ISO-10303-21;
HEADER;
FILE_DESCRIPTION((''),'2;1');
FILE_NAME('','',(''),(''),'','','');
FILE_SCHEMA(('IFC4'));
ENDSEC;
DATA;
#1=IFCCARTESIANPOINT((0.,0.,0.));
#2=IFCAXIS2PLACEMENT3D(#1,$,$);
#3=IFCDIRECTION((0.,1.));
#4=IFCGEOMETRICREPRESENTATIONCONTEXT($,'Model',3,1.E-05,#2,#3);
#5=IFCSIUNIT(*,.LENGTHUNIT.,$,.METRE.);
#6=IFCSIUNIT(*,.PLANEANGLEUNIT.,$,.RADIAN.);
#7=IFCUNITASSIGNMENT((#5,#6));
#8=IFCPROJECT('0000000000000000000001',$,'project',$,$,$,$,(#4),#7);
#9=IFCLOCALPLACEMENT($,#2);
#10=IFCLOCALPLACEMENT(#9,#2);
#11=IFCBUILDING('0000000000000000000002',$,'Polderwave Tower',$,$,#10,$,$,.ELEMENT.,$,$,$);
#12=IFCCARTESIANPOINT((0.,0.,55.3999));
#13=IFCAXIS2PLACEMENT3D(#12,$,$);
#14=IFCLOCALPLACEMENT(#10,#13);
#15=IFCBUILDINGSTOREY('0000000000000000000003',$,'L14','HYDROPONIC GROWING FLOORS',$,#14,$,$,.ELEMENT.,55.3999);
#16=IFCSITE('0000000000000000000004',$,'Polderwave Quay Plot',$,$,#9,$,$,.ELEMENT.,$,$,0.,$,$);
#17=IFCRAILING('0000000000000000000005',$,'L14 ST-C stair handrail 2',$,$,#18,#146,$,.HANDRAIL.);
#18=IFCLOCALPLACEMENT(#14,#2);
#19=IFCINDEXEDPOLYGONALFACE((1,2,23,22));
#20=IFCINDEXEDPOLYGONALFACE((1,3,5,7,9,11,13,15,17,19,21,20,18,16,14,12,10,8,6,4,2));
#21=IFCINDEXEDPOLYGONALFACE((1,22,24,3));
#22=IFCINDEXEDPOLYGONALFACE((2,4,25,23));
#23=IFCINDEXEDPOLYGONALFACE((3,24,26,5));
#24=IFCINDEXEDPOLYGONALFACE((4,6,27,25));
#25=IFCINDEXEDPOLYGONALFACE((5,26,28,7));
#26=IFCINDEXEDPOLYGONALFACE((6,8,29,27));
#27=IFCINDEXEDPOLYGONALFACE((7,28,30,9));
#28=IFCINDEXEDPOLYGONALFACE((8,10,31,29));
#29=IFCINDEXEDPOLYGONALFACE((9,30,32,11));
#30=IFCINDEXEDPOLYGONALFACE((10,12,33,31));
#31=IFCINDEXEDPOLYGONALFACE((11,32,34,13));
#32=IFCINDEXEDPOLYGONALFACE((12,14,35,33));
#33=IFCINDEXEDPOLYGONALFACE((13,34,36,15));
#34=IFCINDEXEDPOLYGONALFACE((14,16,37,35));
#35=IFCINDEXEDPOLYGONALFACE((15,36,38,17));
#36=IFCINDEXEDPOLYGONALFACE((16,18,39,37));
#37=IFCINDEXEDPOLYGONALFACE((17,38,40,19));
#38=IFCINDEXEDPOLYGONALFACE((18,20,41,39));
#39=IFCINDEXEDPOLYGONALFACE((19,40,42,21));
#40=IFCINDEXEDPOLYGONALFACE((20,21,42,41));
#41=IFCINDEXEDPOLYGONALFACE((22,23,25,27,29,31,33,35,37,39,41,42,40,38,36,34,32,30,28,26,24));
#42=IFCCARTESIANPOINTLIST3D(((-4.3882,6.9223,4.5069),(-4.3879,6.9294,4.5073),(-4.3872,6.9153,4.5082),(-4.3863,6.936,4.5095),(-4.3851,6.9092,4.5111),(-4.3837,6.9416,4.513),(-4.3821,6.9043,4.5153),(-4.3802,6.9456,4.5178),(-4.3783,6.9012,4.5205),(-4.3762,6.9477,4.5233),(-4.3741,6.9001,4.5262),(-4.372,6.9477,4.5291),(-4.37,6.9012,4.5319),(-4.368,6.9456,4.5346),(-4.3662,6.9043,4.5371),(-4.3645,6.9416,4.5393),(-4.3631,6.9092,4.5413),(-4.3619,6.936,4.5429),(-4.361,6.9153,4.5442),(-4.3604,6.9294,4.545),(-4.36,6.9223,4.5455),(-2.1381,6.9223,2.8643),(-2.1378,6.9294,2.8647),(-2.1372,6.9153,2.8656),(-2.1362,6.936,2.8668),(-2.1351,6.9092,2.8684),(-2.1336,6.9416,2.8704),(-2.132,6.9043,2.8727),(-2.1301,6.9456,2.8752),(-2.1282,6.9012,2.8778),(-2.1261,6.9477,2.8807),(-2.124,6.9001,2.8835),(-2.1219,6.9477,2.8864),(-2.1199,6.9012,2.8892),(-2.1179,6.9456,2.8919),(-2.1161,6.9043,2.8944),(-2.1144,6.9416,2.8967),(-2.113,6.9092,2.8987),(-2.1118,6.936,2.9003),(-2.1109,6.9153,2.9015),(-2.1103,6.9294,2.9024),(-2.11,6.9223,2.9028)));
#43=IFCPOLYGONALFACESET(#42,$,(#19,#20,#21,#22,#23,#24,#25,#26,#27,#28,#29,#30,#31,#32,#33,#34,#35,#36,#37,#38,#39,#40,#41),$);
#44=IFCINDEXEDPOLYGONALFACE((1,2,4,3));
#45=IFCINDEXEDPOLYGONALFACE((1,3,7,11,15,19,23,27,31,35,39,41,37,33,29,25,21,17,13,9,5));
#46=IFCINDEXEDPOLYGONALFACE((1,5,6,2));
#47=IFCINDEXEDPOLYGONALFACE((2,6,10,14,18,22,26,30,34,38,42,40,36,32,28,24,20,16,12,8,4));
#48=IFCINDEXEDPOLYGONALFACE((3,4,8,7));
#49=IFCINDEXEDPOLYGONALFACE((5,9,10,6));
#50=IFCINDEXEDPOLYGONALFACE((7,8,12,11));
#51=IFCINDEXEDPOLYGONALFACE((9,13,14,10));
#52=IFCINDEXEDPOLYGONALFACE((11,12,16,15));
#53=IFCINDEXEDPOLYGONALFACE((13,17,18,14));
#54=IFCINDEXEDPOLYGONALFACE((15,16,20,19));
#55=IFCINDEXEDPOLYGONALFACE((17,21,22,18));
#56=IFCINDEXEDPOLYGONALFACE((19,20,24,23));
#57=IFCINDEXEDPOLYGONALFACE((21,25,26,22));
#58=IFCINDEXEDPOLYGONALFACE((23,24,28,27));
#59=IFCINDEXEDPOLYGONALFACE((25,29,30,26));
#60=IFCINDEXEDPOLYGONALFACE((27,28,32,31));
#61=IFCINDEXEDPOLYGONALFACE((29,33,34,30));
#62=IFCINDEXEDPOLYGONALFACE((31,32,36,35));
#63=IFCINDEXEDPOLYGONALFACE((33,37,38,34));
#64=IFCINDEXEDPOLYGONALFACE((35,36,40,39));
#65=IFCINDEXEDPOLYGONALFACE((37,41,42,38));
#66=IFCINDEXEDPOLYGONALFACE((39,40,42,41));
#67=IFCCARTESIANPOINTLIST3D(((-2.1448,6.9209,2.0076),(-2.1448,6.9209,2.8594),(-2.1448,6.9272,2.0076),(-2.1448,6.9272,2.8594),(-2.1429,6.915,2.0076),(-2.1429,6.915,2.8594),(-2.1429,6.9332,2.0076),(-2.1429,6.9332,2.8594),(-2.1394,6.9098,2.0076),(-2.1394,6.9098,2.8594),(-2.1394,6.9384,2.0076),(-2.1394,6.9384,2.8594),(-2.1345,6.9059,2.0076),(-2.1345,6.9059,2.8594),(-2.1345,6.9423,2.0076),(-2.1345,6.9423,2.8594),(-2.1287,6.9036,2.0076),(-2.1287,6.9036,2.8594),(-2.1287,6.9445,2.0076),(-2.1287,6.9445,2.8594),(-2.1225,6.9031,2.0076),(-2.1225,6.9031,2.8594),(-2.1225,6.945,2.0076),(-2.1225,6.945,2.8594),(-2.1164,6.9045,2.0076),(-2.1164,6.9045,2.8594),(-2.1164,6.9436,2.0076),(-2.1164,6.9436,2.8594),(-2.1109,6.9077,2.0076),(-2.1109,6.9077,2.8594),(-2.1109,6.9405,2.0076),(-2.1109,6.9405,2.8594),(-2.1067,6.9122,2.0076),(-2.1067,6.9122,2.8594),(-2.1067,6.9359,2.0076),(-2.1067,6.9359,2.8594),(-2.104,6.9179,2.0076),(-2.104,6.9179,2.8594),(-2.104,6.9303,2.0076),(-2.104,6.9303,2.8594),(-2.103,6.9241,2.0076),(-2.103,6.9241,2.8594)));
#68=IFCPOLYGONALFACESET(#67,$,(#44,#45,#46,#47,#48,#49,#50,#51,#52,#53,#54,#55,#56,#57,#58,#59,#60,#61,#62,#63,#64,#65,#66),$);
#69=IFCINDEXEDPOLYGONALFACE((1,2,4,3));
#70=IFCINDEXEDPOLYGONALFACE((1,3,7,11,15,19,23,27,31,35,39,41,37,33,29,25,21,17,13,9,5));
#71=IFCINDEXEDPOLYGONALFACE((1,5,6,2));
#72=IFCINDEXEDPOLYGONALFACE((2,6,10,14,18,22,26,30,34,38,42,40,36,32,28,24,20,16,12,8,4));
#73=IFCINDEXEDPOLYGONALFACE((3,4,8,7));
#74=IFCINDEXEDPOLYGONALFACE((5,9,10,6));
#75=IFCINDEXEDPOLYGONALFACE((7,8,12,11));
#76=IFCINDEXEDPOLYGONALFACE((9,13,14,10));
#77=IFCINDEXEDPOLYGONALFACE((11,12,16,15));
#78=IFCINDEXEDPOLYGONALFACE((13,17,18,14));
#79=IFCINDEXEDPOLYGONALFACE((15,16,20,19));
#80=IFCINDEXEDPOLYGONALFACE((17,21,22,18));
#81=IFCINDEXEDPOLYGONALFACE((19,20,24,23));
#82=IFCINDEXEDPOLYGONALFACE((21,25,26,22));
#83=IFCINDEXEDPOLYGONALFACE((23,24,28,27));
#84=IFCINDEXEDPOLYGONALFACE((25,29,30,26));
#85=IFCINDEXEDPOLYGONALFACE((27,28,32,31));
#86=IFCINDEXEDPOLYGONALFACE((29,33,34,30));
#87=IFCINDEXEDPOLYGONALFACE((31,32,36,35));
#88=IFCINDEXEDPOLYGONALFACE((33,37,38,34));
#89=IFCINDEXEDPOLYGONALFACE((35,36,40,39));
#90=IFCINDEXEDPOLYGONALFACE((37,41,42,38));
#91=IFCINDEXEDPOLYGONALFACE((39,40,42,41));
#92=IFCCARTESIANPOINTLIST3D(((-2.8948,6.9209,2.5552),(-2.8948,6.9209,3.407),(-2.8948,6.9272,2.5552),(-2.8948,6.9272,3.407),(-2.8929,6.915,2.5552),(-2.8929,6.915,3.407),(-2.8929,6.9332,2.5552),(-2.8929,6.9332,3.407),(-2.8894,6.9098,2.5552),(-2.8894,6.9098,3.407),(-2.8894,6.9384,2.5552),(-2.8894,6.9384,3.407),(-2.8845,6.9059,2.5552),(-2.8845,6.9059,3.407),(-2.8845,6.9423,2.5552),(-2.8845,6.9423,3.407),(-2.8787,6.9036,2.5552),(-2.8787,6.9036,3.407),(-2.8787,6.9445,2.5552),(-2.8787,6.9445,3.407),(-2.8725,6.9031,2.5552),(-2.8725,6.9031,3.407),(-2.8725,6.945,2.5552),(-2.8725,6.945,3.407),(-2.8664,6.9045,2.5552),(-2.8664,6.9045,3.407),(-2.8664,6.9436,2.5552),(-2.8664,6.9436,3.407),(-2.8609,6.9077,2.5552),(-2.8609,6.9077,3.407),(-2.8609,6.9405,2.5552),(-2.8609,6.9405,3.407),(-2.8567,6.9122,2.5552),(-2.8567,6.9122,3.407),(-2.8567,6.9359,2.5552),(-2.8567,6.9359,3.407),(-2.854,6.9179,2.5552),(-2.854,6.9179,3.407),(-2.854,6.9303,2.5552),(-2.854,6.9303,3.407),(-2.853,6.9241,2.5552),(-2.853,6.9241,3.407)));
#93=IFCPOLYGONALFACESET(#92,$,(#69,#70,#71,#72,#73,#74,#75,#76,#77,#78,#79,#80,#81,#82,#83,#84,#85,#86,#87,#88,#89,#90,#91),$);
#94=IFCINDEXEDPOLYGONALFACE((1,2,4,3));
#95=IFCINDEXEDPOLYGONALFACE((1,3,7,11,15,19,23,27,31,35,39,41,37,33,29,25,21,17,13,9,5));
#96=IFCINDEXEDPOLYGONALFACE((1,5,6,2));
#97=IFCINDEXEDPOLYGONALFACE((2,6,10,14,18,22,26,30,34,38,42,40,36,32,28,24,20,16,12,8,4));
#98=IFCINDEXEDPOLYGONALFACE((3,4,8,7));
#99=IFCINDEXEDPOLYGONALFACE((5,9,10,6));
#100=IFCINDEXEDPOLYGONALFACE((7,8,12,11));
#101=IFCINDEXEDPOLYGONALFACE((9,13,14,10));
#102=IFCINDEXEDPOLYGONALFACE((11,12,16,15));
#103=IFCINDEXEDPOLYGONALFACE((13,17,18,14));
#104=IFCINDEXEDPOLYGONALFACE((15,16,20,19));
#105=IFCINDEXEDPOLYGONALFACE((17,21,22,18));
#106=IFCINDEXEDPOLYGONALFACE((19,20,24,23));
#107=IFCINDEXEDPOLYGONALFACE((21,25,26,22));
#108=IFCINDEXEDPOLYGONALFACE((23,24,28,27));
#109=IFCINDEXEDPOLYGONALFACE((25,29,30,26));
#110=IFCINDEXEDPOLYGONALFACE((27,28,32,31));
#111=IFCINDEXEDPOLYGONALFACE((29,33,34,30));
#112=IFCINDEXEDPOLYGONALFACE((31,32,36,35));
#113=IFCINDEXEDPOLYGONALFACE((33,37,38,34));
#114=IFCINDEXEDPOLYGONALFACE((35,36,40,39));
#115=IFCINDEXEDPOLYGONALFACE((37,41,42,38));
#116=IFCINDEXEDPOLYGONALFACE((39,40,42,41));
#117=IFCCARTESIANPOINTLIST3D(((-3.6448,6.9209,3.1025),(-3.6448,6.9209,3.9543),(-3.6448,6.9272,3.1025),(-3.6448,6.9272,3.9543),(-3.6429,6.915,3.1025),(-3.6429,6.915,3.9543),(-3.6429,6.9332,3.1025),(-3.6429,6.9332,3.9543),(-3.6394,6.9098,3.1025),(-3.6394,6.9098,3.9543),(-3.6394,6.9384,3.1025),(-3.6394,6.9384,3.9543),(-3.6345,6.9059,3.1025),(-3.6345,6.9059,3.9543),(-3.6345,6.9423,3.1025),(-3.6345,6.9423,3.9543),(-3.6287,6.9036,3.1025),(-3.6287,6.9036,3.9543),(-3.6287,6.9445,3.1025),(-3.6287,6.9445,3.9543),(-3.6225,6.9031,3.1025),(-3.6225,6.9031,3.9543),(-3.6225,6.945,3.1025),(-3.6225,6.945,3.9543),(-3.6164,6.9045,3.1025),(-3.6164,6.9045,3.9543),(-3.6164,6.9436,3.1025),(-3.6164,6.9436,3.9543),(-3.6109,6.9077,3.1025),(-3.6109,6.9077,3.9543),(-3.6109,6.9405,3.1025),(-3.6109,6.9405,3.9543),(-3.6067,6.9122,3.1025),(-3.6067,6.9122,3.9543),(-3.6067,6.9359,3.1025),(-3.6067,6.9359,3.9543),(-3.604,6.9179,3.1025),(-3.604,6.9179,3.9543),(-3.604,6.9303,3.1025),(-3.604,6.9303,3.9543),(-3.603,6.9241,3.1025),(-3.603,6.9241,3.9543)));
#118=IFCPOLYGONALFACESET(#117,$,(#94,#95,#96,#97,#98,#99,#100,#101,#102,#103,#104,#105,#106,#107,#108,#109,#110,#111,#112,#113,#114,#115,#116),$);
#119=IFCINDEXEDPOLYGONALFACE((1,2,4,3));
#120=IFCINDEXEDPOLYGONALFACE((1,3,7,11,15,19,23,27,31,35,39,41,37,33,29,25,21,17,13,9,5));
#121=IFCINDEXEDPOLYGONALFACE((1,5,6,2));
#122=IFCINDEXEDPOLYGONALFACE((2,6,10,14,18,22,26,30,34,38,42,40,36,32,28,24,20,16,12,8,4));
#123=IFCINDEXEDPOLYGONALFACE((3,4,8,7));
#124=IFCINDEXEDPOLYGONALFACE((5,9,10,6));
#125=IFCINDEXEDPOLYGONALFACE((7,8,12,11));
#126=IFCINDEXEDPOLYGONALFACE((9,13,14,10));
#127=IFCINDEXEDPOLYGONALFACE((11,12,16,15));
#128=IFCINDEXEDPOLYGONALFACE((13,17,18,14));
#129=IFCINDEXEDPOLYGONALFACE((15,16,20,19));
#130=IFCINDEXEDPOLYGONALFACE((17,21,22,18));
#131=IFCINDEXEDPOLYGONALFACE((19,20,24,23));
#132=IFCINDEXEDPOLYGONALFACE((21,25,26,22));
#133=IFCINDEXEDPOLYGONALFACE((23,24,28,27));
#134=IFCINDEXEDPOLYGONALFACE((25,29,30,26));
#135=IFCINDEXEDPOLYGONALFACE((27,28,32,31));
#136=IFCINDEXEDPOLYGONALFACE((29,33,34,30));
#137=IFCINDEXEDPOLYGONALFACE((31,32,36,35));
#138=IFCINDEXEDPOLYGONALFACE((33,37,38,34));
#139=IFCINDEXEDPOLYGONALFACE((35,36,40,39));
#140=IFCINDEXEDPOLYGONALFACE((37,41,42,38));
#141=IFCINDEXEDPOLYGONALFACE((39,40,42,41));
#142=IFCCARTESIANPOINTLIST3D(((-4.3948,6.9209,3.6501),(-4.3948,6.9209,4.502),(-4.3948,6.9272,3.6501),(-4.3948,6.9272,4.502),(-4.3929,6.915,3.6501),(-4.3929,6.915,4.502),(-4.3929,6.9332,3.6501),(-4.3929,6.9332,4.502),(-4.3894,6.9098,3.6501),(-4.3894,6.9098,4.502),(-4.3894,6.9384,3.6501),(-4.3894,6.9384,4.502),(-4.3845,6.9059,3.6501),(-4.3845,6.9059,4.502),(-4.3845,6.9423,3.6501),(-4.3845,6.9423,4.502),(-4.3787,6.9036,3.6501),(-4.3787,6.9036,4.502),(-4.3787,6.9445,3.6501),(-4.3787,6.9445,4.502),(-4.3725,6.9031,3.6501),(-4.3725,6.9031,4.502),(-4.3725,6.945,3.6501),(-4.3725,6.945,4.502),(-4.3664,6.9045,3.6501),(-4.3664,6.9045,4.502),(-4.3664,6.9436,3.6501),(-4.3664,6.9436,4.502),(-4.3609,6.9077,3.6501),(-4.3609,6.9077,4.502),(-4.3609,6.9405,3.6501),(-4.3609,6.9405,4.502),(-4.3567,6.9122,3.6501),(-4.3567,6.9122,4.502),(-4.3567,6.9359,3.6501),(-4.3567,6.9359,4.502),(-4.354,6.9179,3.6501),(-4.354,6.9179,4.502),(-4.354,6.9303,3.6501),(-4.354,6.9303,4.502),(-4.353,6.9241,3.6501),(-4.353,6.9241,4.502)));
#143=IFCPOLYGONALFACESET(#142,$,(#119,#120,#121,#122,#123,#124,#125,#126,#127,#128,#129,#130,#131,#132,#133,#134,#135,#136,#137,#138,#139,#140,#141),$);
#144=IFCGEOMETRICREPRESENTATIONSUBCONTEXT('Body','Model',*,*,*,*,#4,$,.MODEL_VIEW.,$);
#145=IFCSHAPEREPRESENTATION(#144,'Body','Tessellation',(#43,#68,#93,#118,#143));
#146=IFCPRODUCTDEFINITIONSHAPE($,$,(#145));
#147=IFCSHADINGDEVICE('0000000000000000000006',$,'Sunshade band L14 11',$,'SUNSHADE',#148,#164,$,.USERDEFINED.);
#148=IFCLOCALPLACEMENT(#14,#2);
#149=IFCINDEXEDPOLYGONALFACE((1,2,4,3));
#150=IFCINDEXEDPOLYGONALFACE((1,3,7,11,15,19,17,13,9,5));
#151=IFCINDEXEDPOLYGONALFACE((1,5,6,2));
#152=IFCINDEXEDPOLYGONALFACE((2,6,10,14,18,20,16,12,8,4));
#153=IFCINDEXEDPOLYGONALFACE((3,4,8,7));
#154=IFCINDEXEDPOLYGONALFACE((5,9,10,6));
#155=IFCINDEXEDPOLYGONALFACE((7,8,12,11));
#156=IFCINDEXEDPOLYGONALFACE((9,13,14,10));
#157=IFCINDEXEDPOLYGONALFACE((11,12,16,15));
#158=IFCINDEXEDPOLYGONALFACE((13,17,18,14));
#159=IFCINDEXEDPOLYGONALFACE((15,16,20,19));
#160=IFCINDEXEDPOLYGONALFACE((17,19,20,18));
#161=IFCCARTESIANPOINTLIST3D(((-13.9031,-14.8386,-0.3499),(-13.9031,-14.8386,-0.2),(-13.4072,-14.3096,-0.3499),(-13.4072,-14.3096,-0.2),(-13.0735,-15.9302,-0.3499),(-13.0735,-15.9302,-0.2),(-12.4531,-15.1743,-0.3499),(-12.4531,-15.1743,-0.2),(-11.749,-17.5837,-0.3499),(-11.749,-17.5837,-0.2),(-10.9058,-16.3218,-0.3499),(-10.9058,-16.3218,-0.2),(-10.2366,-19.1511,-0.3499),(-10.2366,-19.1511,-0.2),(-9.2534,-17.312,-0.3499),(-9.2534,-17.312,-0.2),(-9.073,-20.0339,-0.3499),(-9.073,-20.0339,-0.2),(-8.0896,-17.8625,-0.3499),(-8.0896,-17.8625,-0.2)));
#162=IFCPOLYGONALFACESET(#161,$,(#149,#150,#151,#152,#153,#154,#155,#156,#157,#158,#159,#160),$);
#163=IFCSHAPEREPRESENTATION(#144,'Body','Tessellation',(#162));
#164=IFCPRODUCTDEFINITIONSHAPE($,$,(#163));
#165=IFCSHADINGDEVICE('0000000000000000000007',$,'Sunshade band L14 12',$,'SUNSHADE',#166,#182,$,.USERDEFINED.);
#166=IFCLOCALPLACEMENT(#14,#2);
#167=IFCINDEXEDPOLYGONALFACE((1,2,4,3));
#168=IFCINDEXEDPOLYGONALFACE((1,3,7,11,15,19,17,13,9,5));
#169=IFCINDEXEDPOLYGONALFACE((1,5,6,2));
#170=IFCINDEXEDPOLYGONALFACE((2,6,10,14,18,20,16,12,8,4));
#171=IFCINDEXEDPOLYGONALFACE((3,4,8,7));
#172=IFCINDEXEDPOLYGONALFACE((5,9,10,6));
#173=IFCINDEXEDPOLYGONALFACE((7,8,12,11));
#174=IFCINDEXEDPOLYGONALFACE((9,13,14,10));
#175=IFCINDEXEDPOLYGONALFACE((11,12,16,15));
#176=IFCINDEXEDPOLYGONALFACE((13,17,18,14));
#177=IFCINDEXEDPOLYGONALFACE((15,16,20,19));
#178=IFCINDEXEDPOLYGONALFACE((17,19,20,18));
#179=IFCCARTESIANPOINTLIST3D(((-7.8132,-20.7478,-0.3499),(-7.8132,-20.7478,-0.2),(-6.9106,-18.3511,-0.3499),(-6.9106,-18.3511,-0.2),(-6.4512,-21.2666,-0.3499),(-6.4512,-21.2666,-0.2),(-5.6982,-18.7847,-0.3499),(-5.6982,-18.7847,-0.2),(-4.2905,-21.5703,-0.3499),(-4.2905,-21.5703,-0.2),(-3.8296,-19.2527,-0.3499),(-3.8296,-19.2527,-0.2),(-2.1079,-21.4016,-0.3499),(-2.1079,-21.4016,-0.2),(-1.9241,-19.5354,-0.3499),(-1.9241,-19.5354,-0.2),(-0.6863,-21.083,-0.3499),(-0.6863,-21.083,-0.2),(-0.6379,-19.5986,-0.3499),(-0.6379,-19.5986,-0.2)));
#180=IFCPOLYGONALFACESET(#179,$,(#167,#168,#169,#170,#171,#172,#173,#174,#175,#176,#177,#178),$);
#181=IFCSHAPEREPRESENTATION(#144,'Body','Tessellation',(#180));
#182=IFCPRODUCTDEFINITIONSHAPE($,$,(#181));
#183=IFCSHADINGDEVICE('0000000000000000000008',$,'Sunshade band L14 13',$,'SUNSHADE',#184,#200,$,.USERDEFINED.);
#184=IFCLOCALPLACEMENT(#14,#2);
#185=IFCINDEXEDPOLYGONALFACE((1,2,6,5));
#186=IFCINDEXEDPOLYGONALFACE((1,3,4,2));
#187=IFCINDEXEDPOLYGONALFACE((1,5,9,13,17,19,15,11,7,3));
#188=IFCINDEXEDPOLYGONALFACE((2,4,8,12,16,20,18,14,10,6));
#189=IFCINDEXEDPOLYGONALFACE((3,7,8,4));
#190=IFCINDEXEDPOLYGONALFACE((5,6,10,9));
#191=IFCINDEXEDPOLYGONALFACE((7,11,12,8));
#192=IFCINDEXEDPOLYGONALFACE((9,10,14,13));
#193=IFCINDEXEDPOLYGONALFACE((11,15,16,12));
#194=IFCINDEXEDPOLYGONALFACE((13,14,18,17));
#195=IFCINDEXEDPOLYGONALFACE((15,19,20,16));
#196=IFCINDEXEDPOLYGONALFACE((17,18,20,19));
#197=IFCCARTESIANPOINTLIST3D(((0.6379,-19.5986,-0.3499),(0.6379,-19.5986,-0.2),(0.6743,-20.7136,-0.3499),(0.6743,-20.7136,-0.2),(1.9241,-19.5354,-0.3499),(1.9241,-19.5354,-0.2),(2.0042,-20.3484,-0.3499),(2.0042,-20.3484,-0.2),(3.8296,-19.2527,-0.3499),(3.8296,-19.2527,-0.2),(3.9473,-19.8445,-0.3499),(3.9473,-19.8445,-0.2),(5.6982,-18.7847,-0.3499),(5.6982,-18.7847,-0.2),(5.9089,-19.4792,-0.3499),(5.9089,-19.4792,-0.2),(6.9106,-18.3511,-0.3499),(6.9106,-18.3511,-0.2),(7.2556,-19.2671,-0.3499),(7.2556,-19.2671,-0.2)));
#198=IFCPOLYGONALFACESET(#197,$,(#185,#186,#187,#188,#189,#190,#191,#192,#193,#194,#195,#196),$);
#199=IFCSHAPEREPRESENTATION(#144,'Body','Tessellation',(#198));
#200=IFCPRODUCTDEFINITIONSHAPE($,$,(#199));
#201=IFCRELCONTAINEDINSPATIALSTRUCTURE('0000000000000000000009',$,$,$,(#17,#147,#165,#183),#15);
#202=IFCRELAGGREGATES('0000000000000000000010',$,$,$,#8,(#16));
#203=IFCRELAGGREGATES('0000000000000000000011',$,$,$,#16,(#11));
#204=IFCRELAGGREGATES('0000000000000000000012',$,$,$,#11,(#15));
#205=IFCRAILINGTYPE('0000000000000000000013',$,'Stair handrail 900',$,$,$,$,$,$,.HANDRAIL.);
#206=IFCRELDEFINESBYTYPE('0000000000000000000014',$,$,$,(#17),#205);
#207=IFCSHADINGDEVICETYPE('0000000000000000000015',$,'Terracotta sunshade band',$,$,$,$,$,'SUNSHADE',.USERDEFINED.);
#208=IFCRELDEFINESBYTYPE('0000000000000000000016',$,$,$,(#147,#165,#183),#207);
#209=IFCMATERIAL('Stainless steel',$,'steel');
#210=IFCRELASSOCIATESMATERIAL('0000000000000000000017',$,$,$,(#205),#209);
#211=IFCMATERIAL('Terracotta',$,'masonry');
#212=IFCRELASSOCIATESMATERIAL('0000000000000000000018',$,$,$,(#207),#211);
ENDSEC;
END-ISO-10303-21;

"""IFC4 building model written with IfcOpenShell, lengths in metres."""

from ifc_helpers import new_model, si_unit, direction, frame, origin, origin_2d, place, context, subcontext, project, spatial, polyline, circle, outline, extrude, material, type_object, element, save


model = new_model("IFC4")

# Units and contexts
model_context = context("Model", 3, precision=1e-05, world=origin(), true_north=direction((0.0, 1.0)))
body_context = subcontext(model_context, "Body", "Model", "MODEL_VIEW")
ifc_project = project(units=[si_unit("LENGTHUNIT", "METRE"), si_unit("PLANEANGLEUNIT", "RADIAN")], contexts=[model_context])

# Site, building, storey
site_placement = place(None, origin())
site = spatial("IfcSite", under=ifc_project, at=site_placement, Name="Polderwave Quay Plot", CompositionType="ELEMENT", RefElevation=0.0)
building_placement = place(site_placement, origin())
building = spatial("IfcBuilding", under=site, at=building_placement, Name="Polderwave Tower", CompositionType="ELEMENT")
storey_placement = place(building_placement, frame((0.0, 0.0, 55.3999)))
storey = spatial("IfcBuildingStorey", under=building, at=storey_placement, Name="L14", Description="HYDROPONIC GROWING FLOORS", CompositionType="ELEMENT", Elevation=55.3999)

# Railing
ifc_material_1 = material(Name="Stainless steel", Category="steel")
railing_type_1 = type_object("IfcRailingType", Name="Stair handrail 900", PredefinedType="HANDRAIL", material=ifc_material_1)
railing_1_placement = place(storey_placement, frame((-2.124, 6.9241, 2.0076)))
element("IfcRailing", 1, at=railing_1_placement, inside=storey, type_object=railing_type_1, Name="L14 ST-C stair handrail 2", PredefinedType="HANDRAIL", context=body_context, shape_type="SweptSolid", body=[
    extrude(circle(Radius=0.0239, at=origin_2d()), frame((0.0, 0.0, 0.876), z_axis=(-0.807674, 0.0, 0.58963), x_axis=(0.0, -1.0, 0.0)), (0.0, 0.0, 1.0), 2.7859),
    extrude(circle(Radius=0.021, at=origin_2d()), origin(), (0.0, 0.0, 1.0), 0.8518),
    extrude(circle(Radius=0.021, at=origin_2d()), frame((-0.75, 0.0, 0.5476)), (0.0, 0.0, 1.0), 0.8518),
    extrude(circle(Radius=0.021, at=origin_2d()), frame((-1.5, 0.0, 1.095)), (0.0, 0.0, 1.0), 0.8518),
    extrude(circle(Radius=0.021, at=origin_2d()), frame((-2.25, 0.0, 1.6426)), (0.0, 0.0, 1.0), 0.8518),
])

# Shading devices
ifc_material_2 = material(Name="Terracotta", Category="masonry")
shading_device_type = type_object("IfcShadingDeviceType", Name="Terracotta sunshade band", ElementType="SUNSHADE", PredefinedType="USERDEFINED", material=ifc_material_2)
shading_device_1_placement = place(storey_placement, frame((0.0, 0.0, -0.3499)))
element("IfcShadingDevice", 2, at=shading_device_1_placement, inside=storey, type_object=shading_device_type, Name="Sunshade band L14 11", ObjectType="SUNSHADE", PredefinedType="USERDEFINED", context=body_context, shape_type="SweptSolid", body=[
    extrude(outline(polyline([(-13.4072, -14.3096), (-12.4531, -15.1743), (-10.9058, -16.3218), (-9.2534, -17.312), (-8.0896, -17.8625), (-9.073, -20.0339), (-10.2366, -19.1511), (-11.749, -17.5837), (-13.0735, -15.9302), (-13.9031, -14.8386), (-13.4072, -14.3096)])), origin(), (0.0, 0.0, 1.0), 0.1499),
])
shading_device_2_placement = place(storey_placement, frame((0.0, 0.0, -0.3499)))
element("IfcShadingDevice", 3, at=shading_device_2_placement, inside=storey, type_object=shading_device_type, Name="Sunshade band L14 12", ObjectType="SUNSHADE", PredefinedType="USERDEFINED", context=body_context, shape_type="SweptSolid", body=[
    extrude(outline(polyline([(-6.9106, -18.3511), (-5.6982, -18.7847), (-3.8296, -19.2527), (-1.9241, -19.5354), (-0.6379, -19.5986), (-0.6863, -21.083), (-2.1079, -21.4016), (-4.2905, -21.5703), (-6.4512, -21.2666), (-7.8132, -20.7478), (-6.9106, -18.3511)])), origin(), (0.0, 0.0, 1.0), 0.1499),
])
shading_device_3_placement = place(storey_placement, frame((0.0, 0.0, -0.3499)))
element("IfcShadingDevice", 4, at=shading_device_3_placement, inside=storey, type_object=shading_device_type, Name="Sunshade band L14 13", ObjectType="SUNSHADE", PredefinedType="USERDEFINED", context=body_context, shape_type="SweptSolid", body=[
    extrude(outline(polyline([(0.6379, -19.5986), (1.9241, -19.5354), (3.8296, -19.2527), (5.6982, -18.7847), (6.9106, -18.3511), (7.2556, -19.2671), (5.9089, -19.4792), (3.9473, -19.8445), (2.0042, -20.3484), (0.6743, -20.7136), (0.6379, -19.5986)])), origin(), (0.0, 0.0, 1.0), 0.1499),
])

save(model, "model.ifc")
